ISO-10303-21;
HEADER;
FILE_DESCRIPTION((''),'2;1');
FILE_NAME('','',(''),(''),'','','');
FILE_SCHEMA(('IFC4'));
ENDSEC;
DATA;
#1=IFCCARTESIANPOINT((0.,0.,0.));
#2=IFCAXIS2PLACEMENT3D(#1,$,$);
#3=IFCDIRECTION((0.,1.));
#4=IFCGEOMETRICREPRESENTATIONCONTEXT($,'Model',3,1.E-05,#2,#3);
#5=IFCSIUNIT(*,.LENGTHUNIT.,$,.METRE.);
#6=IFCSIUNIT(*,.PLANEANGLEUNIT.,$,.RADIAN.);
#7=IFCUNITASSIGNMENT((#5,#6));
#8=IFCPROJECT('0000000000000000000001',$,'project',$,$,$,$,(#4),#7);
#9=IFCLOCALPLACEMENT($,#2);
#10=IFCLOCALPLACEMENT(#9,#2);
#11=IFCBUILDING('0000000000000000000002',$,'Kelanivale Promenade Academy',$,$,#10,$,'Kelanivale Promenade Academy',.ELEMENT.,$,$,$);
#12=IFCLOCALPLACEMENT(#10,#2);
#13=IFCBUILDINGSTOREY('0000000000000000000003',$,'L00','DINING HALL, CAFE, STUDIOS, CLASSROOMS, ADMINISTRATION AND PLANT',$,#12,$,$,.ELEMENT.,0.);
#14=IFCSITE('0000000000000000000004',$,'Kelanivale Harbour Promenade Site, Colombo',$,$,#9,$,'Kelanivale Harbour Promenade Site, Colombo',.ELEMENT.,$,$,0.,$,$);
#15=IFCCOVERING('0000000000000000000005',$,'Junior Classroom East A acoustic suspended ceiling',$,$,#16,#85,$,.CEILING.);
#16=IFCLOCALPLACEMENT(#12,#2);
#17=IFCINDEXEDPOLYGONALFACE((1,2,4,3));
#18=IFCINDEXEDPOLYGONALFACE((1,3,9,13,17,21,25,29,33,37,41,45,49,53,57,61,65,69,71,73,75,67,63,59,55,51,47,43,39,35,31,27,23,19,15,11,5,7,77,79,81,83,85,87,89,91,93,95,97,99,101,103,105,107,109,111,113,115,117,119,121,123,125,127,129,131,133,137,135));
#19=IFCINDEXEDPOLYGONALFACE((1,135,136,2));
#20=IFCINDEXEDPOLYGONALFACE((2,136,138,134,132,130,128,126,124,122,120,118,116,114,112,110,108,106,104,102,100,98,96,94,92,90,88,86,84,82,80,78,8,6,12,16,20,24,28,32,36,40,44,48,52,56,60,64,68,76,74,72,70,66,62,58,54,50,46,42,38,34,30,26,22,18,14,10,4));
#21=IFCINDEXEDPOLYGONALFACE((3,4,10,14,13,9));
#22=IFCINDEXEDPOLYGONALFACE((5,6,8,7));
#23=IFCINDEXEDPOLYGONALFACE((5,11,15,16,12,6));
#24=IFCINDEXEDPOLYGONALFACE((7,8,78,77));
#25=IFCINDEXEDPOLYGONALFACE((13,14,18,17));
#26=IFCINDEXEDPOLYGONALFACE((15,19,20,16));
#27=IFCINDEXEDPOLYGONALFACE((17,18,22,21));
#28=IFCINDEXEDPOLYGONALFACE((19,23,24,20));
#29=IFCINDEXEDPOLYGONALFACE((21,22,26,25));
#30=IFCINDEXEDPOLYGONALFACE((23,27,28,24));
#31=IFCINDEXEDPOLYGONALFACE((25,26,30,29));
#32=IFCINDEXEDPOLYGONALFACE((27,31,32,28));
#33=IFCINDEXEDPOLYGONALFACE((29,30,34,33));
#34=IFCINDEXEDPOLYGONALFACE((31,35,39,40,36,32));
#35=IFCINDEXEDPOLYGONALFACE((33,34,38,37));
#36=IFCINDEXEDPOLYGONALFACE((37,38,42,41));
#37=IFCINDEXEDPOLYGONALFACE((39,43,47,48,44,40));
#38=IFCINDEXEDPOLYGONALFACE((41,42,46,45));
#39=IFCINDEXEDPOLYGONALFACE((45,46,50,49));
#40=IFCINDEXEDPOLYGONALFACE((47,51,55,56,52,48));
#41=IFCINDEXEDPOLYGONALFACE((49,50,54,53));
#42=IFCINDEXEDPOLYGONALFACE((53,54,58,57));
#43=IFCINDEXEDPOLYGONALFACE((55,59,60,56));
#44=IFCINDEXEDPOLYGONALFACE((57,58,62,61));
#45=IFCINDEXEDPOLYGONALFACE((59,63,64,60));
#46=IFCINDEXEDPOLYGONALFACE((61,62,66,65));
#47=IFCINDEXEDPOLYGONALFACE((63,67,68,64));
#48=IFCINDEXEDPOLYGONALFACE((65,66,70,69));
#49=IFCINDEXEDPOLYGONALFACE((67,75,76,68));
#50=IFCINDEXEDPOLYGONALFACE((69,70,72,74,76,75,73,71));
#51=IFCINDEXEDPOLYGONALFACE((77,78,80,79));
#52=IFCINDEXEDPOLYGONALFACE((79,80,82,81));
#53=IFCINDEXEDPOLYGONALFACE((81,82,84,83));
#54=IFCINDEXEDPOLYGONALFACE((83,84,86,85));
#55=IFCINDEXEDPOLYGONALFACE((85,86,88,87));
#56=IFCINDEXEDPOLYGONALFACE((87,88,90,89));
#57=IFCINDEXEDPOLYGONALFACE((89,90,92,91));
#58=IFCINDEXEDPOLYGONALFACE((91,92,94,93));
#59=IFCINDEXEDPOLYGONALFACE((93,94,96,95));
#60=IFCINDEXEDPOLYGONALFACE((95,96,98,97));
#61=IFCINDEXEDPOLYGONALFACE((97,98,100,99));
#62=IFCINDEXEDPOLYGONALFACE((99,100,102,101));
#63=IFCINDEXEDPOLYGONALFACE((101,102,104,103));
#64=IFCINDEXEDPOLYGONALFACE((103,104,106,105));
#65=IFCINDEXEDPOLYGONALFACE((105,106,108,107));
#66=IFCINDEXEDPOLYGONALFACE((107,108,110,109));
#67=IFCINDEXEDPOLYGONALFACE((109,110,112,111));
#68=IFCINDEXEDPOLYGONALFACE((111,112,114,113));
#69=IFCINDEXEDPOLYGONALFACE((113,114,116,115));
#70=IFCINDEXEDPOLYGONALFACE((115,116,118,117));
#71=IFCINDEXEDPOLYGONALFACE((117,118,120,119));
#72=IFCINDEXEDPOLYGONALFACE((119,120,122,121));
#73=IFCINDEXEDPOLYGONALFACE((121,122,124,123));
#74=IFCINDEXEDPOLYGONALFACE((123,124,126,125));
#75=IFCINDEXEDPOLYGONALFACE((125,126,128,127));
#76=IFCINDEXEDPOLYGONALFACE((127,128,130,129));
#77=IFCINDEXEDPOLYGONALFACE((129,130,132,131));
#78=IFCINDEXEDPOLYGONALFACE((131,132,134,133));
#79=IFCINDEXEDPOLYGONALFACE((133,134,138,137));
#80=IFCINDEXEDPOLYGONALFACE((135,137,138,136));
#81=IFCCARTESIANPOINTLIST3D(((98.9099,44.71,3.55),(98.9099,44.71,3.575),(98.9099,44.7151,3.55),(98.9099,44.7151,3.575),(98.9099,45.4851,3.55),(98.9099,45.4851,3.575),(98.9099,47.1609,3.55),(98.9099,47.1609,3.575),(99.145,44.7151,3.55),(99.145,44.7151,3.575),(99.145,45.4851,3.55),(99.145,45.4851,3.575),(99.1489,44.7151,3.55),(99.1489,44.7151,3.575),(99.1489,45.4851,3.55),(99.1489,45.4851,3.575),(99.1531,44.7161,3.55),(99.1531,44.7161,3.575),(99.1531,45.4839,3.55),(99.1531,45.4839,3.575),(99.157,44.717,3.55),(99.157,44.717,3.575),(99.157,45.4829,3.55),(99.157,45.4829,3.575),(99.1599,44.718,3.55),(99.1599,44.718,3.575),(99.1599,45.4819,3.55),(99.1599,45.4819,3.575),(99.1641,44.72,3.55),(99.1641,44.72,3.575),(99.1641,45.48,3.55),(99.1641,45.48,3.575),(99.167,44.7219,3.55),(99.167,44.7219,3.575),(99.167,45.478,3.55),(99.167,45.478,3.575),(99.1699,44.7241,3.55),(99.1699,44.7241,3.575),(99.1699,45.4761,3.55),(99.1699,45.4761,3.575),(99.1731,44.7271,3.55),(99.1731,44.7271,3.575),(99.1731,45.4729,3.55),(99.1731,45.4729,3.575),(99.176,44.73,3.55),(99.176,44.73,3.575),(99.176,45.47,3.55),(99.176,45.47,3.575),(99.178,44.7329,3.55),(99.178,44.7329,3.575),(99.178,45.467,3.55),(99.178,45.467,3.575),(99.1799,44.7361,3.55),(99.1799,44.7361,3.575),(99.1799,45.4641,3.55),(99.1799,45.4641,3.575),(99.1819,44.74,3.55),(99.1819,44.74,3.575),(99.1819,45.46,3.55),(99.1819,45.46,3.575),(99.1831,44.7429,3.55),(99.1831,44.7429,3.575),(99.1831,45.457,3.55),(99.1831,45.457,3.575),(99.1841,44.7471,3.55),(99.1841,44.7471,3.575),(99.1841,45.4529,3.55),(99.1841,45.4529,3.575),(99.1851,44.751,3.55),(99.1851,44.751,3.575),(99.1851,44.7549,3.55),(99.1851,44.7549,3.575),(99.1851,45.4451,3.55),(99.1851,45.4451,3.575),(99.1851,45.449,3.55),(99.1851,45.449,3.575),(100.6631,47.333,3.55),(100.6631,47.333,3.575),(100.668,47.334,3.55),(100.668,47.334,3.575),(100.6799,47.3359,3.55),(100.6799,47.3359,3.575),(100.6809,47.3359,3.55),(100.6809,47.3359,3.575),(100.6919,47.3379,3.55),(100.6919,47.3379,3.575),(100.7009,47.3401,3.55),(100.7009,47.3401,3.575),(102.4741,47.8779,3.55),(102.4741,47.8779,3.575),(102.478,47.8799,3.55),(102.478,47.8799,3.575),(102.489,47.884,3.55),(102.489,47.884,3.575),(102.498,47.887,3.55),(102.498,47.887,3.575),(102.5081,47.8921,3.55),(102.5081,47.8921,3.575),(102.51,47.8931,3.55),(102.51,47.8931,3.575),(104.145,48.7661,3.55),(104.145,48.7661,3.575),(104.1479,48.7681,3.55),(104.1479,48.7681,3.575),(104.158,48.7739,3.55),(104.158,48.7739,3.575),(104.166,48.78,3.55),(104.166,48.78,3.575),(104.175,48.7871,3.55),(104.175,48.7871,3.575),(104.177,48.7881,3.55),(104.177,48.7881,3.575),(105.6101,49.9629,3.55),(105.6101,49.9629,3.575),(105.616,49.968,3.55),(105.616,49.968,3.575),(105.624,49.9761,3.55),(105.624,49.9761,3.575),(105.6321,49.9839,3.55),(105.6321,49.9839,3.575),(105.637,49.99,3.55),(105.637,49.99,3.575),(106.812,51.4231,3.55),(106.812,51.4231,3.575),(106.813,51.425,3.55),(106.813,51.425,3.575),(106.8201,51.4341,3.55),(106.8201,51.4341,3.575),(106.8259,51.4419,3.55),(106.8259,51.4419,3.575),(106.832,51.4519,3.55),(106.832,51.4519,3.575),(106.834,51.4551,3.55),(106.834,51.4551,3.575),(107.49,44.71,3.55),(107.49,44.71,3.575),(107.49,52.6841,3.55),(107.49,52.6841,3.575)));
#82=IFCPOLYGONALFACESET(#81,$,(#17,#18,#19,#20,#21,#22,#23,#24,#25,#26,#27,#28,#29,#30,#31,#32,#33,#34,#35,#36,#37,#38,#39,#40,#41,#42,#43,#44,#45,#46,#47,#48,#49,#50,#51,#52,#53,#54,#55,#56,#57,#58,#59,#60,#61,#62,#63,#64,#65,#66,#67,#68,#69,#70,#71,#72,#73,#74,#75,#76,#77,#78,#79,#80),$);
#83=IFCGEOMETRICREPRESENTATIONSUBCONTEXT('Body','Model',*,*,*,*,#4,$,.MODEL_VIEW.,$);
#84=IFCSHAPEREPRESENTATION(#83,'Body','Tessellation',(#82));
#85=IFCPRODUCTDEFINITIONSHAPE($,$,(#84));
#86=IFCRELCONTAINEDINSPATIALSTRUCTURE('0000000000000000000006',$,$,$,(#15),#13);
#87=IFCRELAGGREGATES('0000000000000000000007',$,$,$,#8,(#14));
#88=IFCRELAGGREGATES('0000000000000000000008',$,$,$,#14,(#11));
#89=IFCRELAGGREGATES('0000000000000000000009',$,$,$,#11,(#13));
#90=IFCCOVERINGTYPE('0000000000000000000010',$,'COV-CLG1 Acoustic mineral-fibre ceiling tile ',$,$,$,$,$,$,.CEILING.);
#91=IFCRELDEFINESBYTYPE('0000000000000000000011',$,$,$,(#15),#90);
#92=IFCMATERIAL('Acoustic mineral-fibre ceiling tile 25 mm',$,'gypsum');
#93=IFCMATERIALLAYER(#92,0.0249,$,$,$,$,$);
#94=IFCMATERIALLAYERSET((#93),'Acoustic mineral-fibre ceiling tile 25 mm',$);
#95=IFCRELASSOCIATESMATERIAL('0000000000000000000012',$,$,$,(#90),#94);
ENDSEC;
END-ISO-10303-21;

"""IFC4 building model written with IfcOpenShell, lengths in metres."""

from ifc_helpers import new_model, si_unit, direction, frame, origin, place, context, subcontext, project, spatial, polyline, outline, extrude, material, layer, layer_set, type_object, element, save


model = new_model("IFC4")

# Units and contexts
model_context = context("Model", 3, precision=1e-05, world=origin(), true_north=direction((0.0, 1.0)))
body_context = subcontext(model_context, "Body", "Model", "MODEL_VIEW")
ifc_project = project(units=[si_unit("LENGTHUNIT", "METRE"), si_unit("PLANEANGLEUNIT", "RADIAN")], contexts=[model_context])

# Site, building, storey
site_placement = place(None, origin())
site = spatial("IfcSite", under=ifc_project, at=site_placement, Name="Kelanivale Harbour Promenade Site, Colombo", LongName="Kelanivale Harbour Promenade Site, Colombo", CompositionType="ELEMENT", RefElevation=0.0)
building_placement = place(site_placement, origin())
building = spatial("IfcBuilding", under=site, at=building_placement, Name="Kelanivale Promenade Academy", LongName="Kelanivale Promenade Academy", CompositionType="ELEMENT")
storey_placement = place(building_placement, origin())
storey = spatial("IfcBuildingStorey", under=building, at=storey_placement, Name="L00", Description="DINING HALL, CAFE, STUDIOS, CLASSROOMS, ADMINISTRATION AND PLANT", CompositionType="ELEMENT", Elevation=0.0)

# Covering
ifc_material_1 = material(Name="Acoustic mineral-fibre ceiling tile 25 mm", Category="gypsum")
ifc_layer_1 = layer(ifc_material_1, 0.0249)
ifc_layer_set_1 = layer_set([ifc_layer_1], Name="Acoustic mineral-fibre ceiling tile 25 mm")
covering_type_1 = type_object("IfcCoveringType", Name="COV-CLG1 Acoustic mineral-fibre ceiling tile ", PredefinedType="CEILING", material=ifc_layer_set_1)
covering_1_placement = place(storey_placement, frame((0.0, 0.0, 3.55)))
element("IfcCovering", 1, at=covering_1_placement, inside=storey, type_object=covering_type_1, Name="Junior Classroom East A acoustic suspended ceiling", PredefinedType="CEILING", context=body_context, shape_type="SweptSolid", body=[
    extrude(outline(polyline([(100.7009, 47.3401), (100.6919, 47.3379), (100.6809, 47.3359), (100.6799, 47.3359), (100.668, 47.334), (100.6631, 47.333), (98.9099, 47.1609), (98.9099, 45.4851), (99.145, 45.4851), (99.1489, 45.4851), (99.1531, 45.4839), (99.157, 45.4829), (99.1599, 45.4819), (99.1641, 45.48), (99.167, 45.478), (99.1699, 45.4761), (99.1731, 45.4729), (99.176, 45.47), (99.178, 45.467), (99.1799, 45.4641), (99.1819, 45.46), (99.1831, 45.457), (99.1841, 45.4529), (99.1851, 45.449), (99.1851, 45.4451), (99.1851, 44.7549), (99.1851, 44.751), (99.1841, 44.7471), (99.1831, 44.7429), (99.1819, 44.74), (99.1799, 44.7361), (99.178, 44.7329), (99.176, 44.73), (99.1731, 44.7271), (99.1699, 44.7241), (99.167, 44.7219), (99.1641, 44.72), (99.1599, 44.718), (99.157, 44.717), (99.1531, 44.7161), (99.1489, 44.7151), (99.145, 44.7151), (98.9099, 44.7151), (98.9099, 44.71), (107.49, 44.71), (107.49, 52.6841), (106.834, 51.4551), (106.832, 51.4519), (106.8259, 51.4419), (106.8201, 51.4341), (106.813, 51.425), (106.812, 51.4231), (105.637, 49.99), (105.6321, 49.9839), (105.624, 49.9761), (105.616, 49.968), (105.6101, 49.9629), (104.177, 48.7881), (104.175, 48.7871), (104.166, 48.78), (104.158, 48.7739), (104.1479, 48.7681), (104.145, 48.7661), (102.51, 47.8931), (102.5081, 47.8921), (102.498, 47.887), (102.489, 47.884), (102.478, 47.8799), (102.4741, 47.8779), (100.7009, 47.3401)])), origin(), (0.0, 0.0, 1.0), 0.0249),
])

save(model, "model.ifc")
